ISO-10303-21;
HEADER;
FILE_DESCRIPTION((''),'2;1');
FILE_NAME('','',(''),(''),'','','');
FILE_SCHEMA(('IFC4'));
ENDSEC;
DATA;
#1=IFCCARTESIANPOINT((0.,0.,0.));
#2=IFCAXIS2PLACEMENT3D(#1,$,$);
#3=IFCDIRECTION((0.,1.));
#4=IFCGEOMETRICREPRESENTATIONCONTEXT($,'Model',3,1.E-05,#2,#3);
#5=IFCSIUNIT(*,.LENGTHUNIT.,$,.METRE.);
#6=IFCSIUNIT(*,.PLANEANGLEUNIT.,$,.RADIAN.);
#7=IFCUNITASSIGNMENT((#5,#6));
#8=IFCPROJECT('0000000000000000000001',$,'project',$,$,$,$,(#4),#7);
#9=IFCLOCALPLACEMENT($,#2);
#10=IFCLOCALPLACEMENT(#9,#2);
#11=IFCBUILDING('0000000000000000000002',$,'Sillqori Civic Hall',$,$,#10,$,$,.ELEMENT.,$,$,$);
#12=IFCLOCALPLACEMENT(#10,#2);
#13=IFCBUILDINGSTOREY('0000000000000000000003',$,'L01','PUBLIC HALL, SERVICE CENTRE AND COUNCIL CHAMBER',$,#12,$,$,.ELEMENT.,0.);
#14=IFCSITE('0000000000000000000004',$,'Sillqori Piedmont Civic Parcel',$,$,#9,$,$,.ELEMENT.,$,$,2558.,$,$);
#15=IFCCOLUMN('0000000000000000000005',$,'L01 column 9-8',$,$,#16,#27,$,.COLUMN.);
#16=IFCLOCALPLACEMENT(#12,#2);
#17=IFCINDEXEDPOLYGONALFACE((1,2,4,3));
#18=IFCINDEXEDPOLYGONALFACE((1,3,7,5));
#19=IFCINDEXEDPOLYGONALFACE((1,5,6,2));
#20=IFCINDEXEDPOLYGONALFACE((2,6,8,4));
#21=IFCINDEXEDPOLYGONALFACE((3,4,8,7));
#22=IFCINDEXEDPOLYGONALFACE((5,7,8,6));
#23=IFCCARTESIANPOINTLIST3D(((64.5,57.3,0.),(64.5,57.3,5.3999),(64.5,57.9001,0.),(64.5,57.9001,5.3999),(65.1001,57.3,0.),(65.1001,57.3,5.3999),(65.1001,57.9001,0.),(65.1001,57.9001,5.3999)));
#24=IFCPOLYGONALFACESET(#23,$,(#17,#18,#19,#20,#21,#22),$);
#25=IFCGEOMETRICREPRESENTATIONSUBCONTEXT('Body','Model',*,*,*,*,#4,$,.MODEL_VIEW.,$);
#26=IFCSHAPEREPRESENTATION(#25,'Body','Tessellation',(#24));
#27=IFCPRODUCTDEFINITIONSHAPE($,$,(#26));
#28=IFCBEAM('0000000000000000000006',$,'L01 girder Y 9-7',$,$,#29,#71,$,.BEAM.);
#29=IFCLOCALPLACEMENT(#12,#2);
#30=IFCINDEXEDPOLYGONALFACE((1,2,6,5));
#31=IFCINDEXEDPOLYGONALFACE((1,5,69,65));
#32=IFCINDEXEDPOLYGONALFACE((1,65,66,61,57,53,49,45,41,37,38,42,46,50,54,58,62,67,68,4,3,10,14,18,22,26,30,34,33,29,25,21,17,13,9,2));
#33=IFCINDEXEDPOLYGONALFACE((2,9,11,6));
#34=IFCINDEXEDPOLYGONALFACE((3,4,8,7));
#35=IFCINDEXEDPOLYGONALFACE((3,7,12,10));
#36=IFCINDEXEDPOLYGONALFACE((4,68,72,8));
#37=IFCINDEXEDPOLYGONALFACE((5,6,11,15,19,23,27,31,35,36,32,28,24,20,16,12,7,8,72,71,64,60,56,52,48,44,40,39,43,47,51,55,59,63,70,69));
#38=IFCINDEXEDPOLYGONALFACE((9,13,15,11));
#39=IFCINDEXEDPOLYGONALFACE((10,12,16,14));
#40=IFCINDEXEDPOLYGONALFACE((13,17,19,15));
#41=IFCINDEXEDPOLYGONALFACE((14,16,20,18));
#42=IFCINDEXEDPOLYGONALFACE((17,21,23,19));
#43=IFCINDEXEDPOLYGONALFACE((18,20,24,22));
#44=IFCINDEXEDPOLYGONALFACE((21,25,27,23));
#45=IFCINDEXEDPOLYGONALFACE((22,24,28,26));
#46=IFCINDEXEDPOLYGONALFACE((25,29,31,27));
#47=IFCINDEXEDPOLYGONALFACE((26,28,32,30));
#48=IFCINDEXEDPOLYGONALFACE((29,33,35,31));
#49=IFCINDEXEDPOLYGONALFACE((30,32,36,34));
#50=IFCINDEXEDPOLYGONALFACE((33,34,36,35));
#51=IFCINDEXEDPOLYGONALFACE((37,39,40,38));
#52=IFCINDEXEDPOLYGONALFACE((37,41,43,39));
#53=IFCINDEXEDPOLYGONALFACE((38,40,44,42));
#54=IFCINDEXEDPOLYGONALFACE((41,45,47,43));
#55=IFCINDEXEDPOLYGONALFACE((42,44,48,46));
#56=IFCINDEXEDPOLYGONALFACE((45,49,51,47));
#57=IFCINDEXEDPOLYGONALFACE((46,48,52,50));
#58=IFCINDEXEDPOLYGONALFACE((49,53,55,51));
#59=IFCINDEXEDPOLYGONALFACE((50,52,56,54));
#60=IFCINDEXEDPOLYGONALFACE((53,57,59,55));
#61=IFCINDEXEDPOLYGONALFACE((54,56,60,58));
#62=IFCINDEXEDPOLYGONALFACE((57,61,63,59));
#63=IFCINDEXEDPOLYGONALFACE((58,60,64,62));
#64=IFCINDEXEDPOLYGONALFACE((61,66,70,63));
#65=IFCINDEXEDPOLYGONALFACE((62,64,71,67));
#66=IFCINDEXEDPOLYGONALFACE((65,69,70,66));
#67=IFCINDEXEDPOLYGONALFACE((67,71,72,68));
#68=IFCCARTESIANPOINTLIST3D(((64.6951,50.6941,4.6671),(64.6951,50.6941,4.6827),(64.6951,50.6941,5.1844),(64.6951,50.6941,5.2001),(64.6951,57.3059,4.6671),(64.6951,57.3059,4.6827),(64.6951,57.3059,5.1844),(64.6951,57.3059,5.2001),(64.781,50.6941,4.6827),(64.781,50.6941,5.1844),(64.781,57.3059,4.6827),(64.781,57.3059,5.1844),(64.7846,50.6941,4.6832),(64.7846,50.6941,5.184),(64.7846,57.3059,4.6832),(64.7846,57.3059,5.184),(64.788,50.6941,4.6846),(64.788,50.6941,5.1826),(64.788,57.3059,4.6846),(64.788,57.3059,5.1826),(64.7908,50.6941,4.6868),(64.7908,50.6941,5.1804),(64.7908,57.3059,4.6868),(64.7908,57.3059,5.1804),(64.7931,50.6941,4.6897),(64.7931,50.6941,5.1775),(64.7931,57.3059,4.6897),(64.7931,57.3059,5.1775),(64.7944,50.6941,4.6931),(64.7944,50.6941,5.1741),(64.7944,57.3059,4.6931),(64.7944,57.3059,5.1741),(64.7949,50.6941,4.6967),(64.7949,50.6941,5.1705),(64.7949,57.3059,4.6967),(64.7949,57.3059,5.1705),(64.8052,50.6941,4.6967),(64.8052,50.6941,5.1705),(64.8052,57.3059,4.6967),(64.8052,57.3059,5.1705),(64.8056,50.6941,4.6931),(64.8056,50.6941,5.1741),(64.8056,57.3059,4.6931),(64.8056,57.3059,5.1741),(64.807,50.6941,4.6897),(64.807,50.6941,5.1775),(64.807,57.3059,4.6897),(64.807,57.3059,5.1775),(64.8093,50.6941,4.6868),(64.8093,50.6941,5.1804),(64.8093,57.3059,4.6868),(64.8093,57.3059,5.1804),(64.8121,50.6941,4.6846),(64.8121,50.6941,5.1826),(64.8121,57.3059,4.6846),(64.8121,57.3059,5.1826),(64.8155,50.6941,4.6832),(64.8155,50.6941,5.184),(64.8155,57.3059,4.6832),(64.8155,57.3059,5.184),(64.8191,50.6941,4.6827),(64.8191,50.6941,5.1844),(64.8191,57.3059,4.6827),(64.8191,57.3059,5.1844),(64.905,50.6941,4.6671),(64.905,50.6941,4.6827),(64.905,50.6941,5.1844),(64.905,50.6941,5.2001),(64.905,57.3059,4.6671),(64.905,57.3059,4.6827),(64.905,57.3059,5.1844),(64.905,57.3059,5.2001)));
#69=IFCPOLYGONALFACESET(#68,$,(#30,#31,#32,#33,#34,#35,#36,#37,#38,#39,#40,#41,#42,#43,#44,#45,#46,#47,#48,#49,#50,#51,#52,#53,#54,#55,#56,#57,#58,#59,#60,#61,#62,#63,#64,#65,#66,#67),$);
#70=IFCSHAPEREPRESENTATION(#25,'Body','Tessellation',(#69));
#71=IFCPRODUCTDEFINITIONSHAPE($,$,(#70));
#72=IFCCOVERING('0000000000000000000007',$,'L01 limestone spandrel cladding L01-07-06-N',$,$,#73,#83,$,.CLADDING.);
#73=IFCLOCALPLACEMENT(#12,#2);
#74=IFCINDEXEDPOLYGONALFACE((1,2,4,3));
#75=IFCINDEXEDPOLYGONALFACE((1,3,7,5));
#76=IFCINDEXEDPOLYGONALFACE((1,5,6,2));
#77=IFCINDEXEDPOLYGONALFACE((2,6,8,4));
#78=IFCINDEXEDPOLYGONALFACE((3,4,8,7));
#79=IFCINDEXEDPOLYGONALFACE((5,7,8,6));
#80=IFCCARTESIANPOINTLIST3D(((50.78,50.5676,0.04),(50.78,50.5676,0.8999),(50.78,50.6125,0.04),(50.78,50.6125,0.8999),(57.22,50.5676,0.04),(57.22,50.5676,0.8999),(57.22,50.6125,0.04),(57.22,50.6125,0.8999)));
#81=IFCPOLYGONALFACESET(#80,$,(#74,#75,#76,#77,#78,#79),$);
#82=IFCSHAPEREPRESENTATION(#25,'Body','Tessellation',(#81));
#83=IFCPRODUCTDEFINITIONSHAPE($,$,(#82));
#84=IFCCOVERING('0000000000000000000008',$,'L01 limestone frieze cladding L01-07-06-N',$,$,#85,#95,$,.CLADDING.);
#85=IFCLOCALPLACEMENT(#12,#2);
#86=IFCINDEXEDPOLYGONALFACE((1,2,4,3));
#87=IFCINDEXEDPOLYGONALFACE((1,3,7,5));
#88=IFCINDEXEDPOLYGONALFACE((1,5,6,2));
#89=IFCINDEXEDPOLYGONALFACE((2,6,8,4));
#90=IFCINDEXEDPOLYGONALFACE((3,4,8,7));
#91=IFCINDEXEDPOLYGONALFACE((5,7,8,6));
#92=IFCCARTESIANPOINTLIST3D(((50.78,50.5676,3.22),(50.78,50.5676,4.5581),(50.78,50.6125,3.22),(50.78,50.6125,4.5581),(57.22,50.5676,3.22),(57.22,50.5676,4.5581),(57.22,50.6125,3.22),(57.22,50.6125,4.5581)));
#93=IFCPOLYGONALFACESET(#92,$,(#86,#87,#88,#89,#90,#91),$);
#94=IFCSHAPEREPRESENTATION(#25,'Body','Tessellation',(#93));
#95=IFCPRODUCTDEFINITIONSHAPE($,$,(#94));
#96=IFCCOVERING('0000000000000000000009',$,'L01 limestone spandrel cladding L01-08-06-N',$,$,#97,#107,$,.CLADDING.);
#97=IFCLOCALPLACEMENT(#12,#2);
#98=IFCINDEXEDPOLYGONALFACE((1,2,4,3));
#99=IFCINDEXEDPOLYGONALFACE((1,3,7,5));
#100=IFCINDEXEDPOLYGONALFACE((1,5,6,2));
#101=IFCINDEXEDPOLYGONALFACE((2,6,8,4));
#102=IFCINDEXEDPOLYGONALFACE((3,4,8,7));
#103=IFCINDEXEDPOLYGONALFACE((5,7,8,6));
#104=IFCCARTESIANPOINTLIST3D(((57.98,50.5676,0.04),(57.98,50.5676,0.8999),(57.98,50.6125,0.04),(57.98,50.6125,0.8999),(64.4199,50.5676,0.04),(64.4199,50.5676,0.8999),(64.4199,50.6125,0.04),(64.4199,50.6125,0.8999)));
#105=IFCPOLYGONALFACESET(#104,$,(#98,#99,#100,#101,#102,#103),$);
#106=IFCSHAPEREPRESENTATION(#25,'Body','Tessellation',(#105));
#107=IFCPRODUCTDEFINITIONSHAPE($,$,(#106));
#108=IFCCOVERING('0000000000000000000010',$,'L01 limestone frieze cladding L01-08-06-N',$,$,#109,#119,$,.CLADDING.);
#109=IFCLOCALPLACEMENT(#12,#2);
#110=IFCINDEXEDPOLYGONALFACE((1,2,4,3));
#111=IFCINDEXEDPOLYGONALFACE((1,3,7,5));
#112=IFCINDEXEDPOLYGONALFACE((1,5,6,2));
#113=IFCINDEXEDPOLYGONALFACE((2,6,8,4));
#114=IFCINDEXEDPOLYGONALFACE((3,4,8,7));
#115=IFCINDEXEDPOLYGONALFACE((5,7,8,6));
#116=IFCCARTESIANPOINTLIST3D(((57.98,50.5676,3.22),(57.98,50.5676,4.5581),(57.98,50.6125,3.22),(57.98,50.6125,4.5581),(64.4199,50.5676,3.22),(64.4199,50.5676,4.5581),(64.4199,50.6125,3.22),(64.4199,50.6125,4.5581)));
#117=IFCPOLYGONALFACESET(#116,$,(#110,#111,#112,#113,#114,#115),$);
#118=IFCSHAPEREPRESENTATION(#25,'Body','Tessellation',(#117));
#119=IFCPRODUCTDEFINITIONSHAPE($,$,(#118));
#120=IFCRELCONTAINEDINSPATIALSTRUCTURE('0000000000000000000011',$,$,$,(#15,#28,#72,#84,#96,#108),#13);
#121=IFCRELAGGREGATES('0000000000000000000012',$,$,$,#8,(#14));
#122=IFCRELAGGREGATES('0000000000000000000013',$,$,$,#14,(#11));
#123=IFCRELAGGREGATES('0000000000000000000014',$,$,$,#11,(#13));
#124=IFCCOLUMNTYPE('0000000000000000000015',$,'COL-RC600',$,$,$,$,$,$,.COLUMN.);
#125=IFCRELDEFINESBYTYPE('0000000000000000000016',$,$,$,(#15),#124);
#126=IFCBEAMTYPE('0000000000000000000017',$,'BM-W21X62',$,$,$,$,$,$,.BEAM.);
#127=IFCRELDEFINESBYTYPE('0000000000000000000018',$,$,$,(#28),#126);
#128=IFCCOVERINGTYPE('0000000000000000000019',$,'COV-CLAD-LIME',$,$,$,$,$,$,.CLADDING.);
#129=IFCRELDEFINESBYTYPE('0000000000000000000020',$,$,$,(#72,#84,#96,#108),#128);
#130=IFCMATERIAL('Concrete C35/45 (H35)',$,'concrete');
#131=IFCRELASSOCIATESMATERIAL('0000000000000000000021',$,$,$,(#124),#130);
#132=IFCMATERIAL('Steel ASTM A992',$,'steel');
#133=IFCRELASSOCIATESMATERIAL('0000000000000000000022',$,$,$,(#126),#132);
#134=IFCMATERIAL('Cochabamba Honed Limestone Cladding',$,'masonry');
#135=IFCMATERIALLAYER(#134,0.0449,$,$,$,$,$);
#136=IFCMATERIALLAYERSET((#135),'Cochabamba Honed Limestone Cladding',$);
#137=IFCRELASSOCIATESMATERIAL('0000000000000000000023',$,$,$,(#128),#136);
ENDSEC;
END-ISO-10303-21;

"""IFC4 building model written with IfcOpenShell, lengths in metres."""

from ifc_helpers import new_model, si_unit, direction, frame, frame_2d, origin, origin_2d, place, context, subcontext, project, spatial, rectangle, i_section, extrude, material, layer, layer_set, material_profile, profile_set, type_object, element, save


model = new_model("IFC4")

# Units and contexts
model_context = context("Model", 3, precision=1e-05, world=origin(), true_north=direction((0.0, 1.0)))
body_context = subcontext(model_context, "Body", "Model", "MODEL_VIEW")
ifc_project = project(units=[si_unit("LENGTHUNIT", "METRE"), si_unit("PLANEANGLEUNIT", "RADIAN")], contexts=[model_context])

# Site, building, storey
site_placement = place(None, origin())
site = spatial("IfcSite", under=ifc_project, at=site_placement, Name="Sillqori Piedmont Civic Parcel", CompositionType="ELEMENT", RefElevation=2558.0)
building_placement = place(site_placement, origin())
building = spatial("IfcBuilding", under=site, at=building_placement, Name="Sillqori Civic Hall", CompositionType="ELEMENT")
storey_placement = place(building_placement, origin())
storey = spatial("IfcBuildingStorey", under=building, at=storey_placement, Name="L01", Description="PUBLIC HALL, SERVICE CENTRE AND COUNCIL CHAMBER", CompositionType="ELEMENT", Elevation=0.0)

# Column
ifc_material_1 = material(Name="Concrete C35/45 (H35)", Category="concrete")
ifc_material_profile_1 = material_profile(ifc_material_1, rectangle(XDim=0.6001, YDim=0.6001, at=origin_2d()), Name="RC 600x600")
ifc_profile_set_1 = profile_set([ifc_material_profile_1], Name="Concrete C35/45 (H35)")
column_type = type_object("IfcColumnType", Name="COL-RC600", PredefinedType="COLUMN", material=ifc_profile_set_1)
column_placement = place(storey_placement, frame((64.8, 57.6001, 0.0), z_axis=(0.0, 0.0, 1.0), x_axis=(1.0, 0.0, 0.0)))
element("IfcColumn", 1, at=column_placement, inside=storey, type_object=column_type, Name="L01 column 9-8", PredefinedType="COLUMN", context=body_context, shape_type="SweptSolid", body=[
    extrude(rectangle(XDim=0.6001, YDim=0.6001, at=origin_2d()), origin(), (0.0, 0.0, 1.0), 5.3999),
])

# Beam
ifc_material_2 = material(Name="Steel ASTM A992", Category="steel")
ifc_material_profile_2 = material_profile(ifc_material_2, i_section(OverallWidth=0.21, OverallDepth=0.533, WebThickness=0.0103, FlangeThickness=0.0156, FilletRadius=0.0139, at=origin_2d()), Name="W21X62")
ifc_profile_set_2 = profile_set([ifc_material_profile_2], Name="Steel ASTM A992")
beam_type = type_object("IfcBeamType", Name="BM-W21X62", PredefinedType="BEAM", material=ifc_profile_set_2)
beam_placement = place(storey_placement, frame((64.8, 50.6941, 4.9336), z_axis=(0.0, 1.0, 0.0), x_axis=(-1.0, 0.0, 0.0)))
element("IfcBeam", 2, at=beam_placement, inside=storey, type_object=beam_type, Name="L01 girder Y 9-7", PredefinedType="BEAM", context=body_context, shape_type="SweptSolid", body=[
    extrude(i_section(OverallWidth=0.21, OverallDepth=0.533, WebThickness=0.0103, FlangeThickness=0.0156, FilletRadius=0.0139, at=origin_2d()), origin(), (0.0, 0.0, 1.0), 6.6118),
])

# Coverings
ifc_material_3 = material(Name="Cochabamba Honed Limestone Cladding", Category="masonry")
ifc_layer_1 = layer(ifc_material_3, 0.0449)
ifc_layer_set_1 = layer_set([ifc_layer_1], Name="Cochabamba Honed Limestone Cladding")
covering_type = type_object("IfcCoveringType", Name="COV-CLAD-LIME", PredefinedType="CLADDING", material=ifc_layer_set_1)
covering_1_placement = place(storey_placement, frame((50.78, 50.5901, 0.04), z_axis=(0.0, 0.0, 1.0), x_axis=(1.0, 0.0, 0.0)))
element("IfcCovering", 3, at=covering_1_placement, inside=storey, type_object=covering_type, Name="L01 limestone spandrel cladding L01-07-06-N", PredefinedType="CLADDING", context=body_context, shape_type="SweptSolid", body=[
    extrude(rectangle(XDim=6.4399, YDim=0.0449, at=frame_2d((3.22, 0.0))), origin(), (0.0, 0.0, 1.0), 0.8599),
])
covering_2_placement = place(storey_placement, frame((50.78, 50.5901, 3.22), z_axis=(0.0, 0.0, 1.0), x_axis=(1.0, 0.0, 0.0)))
element("IfcCovering", 4, at=covering_2_placement, inside=storey, type_object=covering_type, Name="L01 limestone frieze cladding L01-07-06-N", PredefinedType="CLADDING", context=body_context, shape_type="SweptSolid", body=[
    extrude(rectangle(XDim=6.4399, YDim=0.0449, at=frame_2d((3.22, 0.0))), origin(), (0.0, 0.0, 1.0), 1.3381),
])
covering_3_placement = place(storey_placement, frame((57.98, 50.5901, 0.04), z_axis=(0.0, 0.0, 1.0), x_axis=(1.0, 0.0, 0.0)))
element("IfcCovering", 5, at=covering_3_placement, inside=storey, type_object=covering_type, Name="L01 limestone spandrel cladding L01-08-06-N", PredefinedType="CLADDING", context=body_context, shape_type="SweptSolid", body=[
    extrude(rectangle(XDim=6.4399, YDim=0.0449, at=frame_2d((3.22, 0.0))), origin(), (0.0, 0.0, 1.0), 0.8599),
])
covering_4_placement = place(storey_placement, frame((57.98, 50.5901, 3.22), z_axis=(0.0, 0.0, 1.0), x_axis=(1.0, 0.0, 0.0)))
element("IfcCovering", 6, at=covering_4_placement, inside=storey, type_object=covering_type, Name="L01 limestone frieze cladding L01-08-06-N", PredefinedType="CLADDING", context=body_context, shape_type="SweptSolid", body=[
    extrude(rectangle(XDim=6.4399, YDim=0.0449, at=frame_2d((3.22, 0.0))), origin(), (0.0, 0.0, 1.0), 1.3381),
])

save(model, "model.ifc")
